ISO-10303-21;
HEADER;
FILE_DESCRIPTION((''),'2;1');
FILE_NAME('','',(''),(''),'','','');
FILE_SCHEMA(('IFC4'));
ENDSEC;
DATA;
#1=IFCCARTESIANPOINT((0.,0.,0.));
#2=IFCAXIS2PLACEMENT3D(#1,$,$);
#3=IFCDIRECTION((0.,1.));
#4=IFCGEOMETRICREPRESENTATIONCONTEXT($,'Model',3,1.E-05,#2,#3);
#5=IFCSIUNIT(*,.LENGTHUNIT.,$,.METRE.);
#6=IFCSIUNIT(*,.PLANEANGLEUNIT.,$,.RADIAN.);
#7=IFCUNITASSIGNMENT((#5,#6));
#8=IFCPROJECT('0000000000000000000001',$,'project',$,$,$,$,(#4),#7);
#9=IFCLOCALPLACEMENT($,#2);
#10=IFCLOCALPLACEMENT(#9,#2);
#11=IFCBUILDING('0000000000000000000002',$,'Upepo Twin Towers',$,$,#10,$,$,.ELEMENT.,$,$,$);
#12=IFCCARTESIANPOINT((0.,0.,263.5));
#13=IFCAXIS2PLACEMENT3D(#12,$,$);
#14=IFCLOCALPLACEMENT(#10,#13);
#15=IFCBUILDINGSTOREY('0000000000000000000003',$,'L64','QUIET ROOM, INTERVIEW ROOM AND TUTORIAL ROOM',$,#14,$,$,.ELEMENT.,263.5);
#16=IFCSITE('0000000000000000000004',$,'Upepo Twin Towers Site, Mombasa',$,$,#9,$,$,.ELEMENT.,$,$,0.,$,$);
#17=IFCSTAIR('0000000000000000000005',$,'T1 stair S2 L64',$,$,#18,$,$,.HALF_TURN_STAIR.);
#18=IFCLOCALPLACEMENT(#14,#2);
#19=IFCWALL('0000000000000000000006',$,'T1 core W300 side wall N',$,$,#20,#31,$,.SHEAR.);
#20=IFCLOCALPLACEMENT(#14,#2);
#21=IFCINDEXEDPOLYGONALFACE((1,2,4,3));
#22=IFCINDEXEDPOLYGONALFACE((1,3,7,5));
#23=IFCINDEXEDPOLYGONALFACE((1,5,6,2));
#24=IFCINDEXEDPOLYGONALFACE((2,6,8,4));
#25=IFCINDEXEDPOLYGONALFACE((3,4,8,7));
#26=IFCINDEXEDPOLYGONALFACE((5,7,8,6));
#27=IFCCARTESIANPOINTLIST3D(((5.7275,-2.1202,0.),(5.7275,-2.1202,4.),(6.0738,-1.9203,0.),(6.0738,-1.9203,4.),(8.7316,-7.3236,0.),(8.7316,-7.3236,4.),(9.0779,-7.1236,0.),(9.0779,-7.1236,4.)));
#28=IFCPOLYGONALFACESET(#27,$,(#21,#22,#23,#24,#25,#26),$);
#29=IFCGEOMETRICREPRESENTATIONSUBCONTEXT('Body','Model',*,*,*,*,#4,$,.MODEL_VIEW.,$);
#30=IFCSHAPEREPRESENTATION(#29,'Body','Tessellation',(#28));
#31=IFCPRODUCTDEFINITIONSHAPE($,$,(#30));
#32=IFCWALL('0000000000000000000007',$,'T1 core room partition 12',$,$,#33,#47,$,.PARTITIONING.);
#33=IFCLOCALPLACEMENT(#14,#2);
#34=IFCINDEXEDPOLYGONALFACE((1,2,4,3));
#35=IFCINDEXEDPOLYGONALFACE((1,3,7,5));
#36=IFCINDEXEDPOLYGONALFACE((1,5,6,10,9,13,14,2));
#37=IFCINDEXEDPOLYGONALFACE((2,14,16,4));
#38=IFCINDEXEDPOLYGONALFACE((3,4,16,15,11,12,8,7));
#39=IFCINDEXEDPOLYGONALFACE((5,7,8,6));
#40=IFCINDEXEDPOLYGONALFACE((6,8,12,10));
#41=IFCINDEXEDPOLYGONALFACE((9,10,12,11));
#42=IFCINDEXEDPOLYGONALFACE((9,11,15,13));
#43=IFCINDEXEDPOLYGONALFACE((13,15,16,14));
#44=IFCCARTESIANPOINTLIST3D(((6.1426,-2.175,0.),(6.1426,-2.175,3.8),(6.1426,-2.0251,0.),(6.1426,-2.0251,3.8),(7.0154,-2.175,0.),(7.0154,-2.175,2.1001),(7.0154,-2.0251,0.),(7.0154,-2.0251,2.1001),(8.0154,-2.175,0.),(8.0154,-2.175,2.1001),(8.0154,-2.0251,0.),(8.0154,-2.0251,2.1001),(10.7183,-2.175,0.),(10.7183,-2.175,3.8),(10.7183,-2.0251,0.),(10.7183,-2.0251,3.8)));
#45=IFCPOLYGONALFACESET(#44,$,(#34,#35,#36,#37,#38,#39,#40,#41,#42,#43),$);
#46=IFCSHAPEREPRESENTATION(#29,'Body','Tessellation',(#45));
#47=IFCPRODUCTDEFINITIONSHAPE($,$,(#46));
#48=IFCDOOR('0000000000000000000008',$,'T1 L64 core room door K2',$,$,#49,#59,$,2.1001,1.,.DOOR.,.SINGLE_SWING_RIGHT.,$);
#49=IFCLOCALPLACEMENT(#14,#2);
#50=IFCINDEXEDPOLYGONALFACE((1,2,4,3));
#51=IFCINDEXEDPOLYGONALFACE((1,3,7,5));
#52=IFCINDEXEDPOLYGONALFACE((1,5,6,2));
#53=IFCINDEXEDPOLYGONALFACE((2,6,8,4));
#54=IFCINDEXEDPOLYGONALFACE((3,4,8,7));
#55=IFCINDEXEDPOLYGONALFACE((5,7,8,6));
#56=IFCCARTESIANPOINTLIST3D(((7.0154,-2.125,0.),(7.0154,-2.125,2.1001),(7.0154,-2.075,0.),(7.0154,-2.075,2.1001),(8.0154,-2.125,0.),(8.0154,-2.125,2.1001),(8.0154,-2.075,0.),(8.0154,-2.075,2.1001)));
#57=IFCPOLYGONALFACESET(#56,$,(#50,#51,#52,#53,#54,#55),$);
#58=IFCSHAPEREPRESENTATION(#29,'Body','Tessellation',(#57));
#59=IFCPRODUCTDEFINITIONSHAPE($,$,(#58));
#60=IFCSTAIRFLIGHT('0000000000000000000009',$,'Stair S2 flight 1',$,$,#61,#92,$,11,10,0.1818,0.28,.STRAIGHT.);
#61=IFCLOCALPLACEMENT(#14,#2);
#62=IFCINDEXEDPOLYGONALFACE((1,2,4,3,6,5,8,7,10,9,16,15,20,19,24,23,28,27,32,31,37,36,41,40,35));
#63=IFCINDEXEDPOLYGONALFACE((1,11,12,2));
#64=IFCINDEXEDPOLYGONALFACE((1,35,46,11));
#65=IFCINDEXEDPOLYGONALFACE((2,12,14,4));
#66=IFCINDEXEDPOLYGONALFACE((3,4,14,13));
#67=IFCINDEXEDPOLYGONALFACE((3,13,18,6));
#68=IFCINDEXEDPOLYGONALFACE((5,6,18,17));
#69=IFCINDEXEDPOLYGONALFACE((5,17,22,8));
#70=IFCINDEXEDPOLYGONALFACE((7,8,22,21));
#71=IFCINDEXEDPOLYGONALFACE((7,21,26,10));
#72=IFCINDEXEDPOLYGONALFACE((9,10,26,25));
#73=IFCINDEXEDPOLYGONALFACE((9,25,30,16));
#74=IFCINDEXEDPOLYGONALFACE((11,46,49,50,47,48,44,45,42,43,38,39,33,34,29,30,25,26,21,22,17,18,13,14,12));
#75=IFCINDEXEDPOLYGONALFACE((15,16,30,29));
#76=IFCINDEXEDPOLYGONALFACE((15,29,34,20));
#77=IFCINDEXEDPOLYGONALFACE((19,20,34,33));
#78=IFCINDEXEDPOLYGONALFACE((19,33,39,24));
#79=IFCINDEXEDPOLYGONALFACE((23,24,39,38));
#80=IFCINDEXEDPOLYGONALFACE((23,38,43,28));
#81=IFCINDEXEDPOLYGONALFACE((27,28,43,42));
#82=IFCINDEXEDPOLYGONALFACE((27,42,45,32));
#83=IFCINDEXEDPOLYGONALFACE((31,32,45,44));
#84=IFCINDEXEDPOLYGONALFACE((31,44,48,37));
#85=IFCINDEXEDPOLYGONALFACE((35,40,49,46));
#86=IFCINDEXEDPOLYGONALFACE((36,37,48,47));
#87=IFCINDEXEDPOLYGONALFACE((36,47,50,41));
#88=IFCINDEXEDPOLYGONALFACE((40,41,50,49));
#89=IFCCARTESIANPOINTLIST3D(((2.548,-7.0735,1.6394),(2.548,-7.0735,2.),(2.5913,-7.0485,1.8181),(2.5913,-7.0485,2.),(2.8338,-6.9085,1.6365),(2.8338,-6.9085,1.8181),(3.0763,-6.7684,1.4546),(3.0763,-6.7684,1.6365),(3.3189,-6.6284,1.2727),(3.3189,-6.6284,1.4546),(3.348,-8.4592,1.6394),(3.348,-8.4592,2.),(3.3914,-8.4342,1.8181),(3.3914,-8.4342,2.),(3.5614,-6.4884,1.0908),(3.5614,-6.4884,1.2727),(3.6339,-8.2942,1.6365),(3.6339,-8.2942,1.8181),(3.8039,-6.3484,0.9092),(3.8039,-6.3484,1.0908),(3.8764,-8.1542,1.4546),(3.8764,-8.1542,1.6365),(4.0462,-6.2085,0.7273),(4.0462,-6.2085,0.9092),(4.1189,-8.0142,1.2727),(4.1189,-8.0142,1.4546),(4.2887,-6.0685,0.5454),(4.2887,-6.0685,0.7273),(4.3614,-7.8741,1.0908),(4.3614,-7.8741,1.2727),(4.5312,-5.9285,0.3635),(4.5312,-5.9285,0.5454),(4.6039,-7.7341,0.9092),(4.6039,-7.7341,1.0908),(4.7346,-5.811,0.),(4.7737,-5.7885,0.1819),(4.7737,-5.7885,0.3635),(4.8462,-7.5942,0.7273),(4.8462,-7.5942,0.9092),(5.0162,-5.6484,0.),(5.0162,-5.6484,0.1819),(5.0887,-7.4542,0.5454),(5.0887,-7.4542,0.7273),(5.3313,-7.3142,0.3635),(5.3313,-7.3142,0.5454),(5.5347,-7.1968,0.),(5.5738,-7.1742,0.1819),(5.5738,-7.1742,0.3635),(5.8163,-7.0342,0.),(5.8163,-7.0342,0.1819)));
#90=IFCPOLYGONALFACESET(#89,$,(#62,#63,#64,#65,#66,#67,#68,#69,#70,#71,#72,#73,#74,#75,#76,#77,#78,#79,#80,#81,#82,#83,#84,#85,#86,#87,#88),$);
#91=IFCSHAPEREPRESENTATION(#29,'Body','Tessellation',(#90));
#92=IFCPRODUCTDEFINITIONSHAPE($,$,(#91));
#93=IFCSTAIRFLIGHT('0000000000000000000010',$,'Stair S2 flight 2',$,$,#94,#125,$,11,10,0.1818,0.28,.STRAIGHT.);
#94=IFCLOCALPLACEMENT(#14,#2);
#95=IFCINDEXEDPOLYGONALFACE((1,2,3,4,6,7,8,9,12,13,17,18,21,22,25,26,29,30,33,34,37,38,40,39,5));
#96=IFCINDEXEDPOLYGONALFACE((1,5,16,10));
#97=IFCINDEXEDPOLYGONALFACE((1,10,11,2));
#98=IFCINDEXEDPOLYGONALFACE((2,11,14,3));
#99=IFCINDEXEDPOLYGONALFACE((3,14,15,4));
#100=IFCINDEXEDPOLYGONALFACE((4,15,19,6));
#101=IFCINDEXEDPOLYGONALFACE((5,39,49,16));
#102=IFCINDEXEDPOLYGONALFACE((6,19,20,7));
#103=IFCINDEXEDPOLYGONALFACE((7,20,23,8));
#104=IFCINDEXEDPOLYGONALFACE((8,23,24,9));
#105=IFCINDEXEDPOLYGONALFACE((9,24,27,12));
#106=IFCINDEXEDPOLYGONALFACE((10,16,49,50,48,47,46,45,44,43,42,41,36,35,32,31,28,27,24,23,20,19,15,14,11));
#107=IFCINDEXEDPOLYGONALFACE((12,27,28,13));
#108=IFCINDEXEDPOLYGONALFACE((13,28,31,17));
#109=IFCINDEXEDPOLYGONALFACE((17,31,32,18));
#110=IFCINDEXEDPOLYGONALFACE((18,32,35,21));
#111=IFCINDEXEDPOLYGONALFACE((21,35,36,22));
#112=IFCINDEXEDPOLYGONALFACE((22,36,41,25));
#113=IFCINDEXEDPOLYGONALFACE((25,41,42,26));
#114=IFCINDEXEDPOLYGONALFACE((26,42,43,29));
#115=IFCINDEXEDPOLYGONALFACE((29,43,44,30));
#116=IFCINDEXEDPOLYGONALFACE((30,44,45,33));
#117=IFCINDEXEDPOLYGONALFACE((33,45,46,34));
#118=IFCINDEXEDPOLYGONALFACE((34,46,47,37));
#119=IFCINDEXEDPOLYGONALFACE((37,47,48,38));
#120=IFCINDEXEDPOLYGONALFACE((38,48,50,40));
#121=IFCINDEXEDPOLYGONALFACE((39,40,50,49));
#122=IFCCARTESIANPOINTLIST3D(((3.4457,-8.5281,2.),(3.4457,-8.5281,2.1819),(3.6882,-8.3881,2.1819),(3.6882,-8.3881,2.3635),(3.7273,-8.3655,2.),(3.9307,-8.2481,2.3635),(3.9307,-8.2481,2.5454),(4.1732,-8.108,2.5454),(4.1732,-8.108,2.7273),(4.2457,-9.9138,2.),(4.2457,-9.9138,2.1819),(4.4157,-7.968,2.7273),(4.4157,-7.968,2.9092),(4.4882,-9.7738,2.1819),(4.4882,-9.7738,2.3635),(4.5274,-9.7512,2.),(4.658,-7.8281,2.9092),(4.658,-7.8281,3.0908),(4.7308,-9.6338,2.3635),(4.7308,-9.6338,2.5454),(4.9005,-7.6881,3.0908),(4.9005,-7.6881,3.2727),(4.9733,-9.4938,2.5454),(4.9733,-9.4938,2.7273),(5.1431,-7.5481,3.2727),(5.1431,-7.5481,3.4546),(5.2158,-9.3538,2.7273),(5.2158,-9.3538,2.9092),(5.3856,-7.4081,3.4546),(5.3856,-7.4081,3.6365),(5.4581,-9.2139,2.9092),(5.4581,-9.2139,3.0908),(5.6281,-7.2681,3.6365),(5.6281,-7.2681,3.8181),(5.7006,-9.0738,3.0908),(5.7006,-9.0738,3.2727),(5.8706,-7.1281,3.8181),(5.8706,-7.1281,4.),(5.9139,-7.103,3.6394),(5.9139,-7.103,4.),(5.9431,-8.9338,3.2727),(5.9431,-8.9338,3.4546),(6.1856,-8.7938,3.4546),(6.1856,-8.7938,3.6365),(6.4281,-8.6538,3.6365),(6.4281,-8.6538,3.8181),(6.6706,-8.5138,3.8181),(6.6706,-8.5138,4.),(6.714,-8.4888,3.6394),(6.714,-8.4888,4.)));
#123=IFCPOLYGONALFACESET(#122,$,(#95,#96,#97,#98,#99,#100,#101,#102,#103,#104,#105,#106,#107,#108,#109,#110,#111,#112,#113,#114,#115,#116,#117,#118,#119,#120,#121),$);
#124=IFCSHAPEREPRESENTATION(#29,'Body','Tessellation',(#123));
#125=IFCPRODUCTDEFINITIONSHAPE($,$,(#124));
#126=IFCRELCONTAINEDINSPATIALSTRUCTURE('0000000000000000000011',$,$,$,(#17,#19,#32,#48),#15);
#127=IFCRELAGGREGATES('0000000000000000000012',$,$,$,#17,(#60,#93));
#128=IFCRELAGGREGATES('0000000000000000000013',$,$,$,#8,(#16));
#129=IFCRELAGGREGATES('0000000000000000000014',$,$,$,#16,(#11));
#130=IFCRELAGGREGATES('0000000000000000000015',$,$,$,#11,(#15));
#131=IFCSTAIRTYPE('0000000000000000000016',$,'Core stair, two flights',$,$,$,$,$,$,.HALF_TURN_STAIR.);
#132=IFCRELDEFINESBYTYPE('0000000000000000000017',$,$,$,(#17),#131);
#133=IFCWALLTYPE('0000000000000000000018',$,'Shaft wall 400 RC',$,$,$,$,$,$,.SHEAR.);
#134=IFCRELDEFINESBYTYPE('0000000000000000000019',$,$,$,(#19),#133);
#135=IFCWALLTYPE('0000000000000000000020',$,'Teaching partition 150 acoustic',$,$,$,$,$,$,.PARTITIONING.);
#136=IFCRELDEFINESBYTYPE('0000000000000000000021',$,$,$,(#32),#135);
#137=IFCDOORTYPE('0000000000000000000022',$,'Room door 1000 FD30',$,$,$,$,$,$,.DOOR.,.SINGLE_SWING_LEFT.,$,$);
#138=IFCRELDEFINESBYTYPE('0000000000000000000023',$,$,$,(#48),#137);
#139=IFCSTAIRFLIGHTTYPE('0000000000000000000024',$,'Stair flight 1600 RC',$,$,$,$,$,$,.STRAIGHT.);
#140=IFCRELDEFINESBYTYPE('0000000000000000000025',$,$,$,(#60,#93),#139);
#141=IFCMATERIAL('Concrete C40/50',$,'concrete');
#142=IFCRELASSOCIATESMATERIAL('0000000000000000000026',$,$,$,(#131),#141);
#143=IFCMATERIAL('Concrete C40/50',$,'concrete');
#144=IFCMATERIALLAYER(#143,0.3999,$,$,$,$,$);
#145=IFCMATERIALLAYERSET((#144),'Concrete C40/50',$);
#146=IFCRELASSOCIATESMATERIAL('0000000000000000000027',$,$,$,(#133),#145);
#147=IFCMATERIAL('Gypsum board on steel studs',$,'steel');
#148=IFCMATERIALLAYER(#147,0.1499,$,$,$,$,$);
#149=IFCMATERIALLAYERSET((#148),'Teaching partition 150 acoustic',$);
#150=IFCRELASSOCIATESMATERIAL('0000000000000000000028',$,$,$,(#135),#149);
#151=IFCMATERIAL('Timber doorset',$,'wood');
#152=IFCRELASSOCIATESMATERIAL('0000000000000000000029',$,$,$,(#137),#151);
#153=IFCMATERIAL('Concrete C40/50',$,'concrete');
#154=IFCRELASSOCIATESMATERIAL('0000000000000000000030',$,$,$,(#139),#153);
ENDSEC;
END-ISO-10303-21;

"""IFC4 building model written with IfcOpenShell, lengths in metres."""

from ifc_helpers import new_model, si_unit, direction, frame, frame_2d, origin, place, context, subcontext, project, spatial, polyline, rectangle, outline, extrude, material, layer, layer_set, type_object, element, fill, aggregate, save


model = new_model("IFC4")

# Units and contexts
model_context = context("Model", 3, precision=1e-05, world=origin(), true_north=direction((0.0, 1.0)))
body_context = subcontext(model_context, "Body", "Model", "MODEL_VIEW")
ifc_project = project(units=[si_unit("LENGTHUNIT", "METRE"), si_unit("PLANEANGLEUNIT", "RADIAN")], contexts=[model_context])

# Site, building, storey
site_placement = place(None, origin())
site = spatial("IfcSite", under=ifc_project, at=site_placement, Name="Upepo Twin Towers Site, Mombasa", CompositionType="ELEMENT", RefElevation=0.0)
building_placement = place(site_placement, origin())
building = spatial("IfcBuilding", under=site, at=building_placement, Name="Upepo Twin Towers", CompositionType="ELEMENT")
storey_placement = place(building_placement, frame((0.0, 0.0, 263.5)))
storey = spatial("IfcBuildingStorey", under=building, at=storey_placement, Name="L64", Description="QUIET ROOM, INTERVIEW ROOM AND TUTORIAL ROOM", CompositionType="ELEMENT", Elevation=263.5)

# Stair
ifc_material_1 = material(Name="Concrete C40/50", Category="concrete")
stair_type = type_object("IfcStairType", Name="Core stair, two flights", PredefinedType="HALF_TURN_STAIR", material=ifc_material_1)
stair_1_placement = place(storey_placement, origin())
stair_1 = element("IfcStair", 1, at=stair_1_placement, inside=storey, type_object=stair_type, Name="T1 stair S2 L64", PredefinedType="HALF_TURN_STAIR")

# Wall
ifc_material_2 = material(Name="Concrete C40/50", Category="concrete")
ifc_layer_1 = layer(ifc_material_2, 0.3999)
ifc_layer_set_1 = layer_set([ifc_layer_1], Name="Concrete C40/50")
wall_type_1 = type_object("IfcWallType", Name="Shaft wall 400 RC", PredefinedType="SHEAR", material=ifc_layer_set_1)
wall_1_placement = place(storey_placement, frame((5.9006, -2.0203, 0.0), z_axis=(0.0, 0.0, 1.0), x_axis=(0.499998, -0.866027, 0.0)))
element("IfcWall", 2, at=wall_1_placement, inside=storey, type_object=wall_type_1, Name="T1 core W300 side wall N", PredefinedType="SHEAR", context=body_context, shape_type="SweptSolid", body=[
    extrude(rectangle(XDim=6.0083, YDim=0.3999, at=frame_2d((3.0042, 0.0))), origin(), (0.0, 0.0, 1.0), 4.0),
])

# Wall, opening, door
ifc_material_3 = material(Name="Gypsum board on steel studs", Category="steel")
ifc_layer_2 = layer(ifc_material_3, 0.1499)
ifc_layer_set_2 = layer_set([ifc_layer_2], Name="Teaching partition 150 acoustic")
wall_type_2 = type_object("IfcWallType", Name="Teaching partition 150 acoustic", PredefinedType="PARTITIONING", material=ifc_layer_set_2)
wall_2_placement = place(storey_placement, frame((10.7183, -2.1001, 0.0), z_axis=(0.0, 0.0, 1.0), x_axis=(-1.0, 0.0, 0.0)))
wall_2 = element("IfcWall", 3, at=wall_2_placement, inside=storey, type_object=wall_type_2, Name="T1 core room partition 12", PredefinedType="PARTITIONING", context=body_context, shape_type="SweptSolid", body=[
    extrude(rectangle(XDim=4.5757, YDim=0.1499, at=frame_2d((2.2878, 0.0))), origin(), (0.0, 0.0, 1.0), 3.8),
])
opening_1_placement = place(wall_2_placement, frame((2.7029, 0.0, 0.0)))
opening_1 = element("IfcOpeningElement", 4, at=opening_1_placement, cuts=wall_2, PredefinedType="OPENING", context=body_context, shape_type="SweptSolid", body=[
    extrude(rectangle(XDim=1.0, YDim=2.1001, at=frame_2d((0.5, 1.05))), frame((0.0, 0.085, 0.0), z_axis=(0.0, -1.0, 0.0), x_axis=(1.0, 0.0, 0.0)), (0.0, 0.0, 1.0), 0.1699),
])
ifc_material_4 = material(Name="Timber doorset", Category="wood")
door_type_1 = type_object("IfcDoorType", Name="Room door 1000 FD30", OperationType="SINGLE_SWING_LEFT", PredefinedType="DOOR", material=ifc_material_4)
door_1_placement = place(opening_1_placement, origin())
door_1 = element("IfcDoor", 5, at=door_1_placement, inside=storey, type_object=door_type_1, Name="T1 L64 core room door K2", OperationType="SINGLE_SWING_RIGHT", OverallHeight=2.1001, OverallWidth=1.0, PredefinedType="DOOR", context=body_context, shape_type="SweptSolid", body=[
    extrude(rectangle(XDim=1.0, YDim=2.1001, at=frame_2d((0.5, 1.05))), frame((0.0, 0.0249, 0.0), z_axis=(0.0, -1.0, 0.0), x_axis=(1.0, 0.0, 0.0)), (0.0, 0.0, 1.0), 0.05),
])
fill(opening_1, door_1)

# Stair flights
ifc_material_5 = material(Name="Concrete C40/50", Category="concrete")
stair_flight_type = type_object("IfcStairFlightType", Name="Stair flight 1600 RC", PredefinedType="STRAIGHT", material=ifc_material_5)
stair_flight_1_placement = place(storey_placement, frame((5.4163, -6.3413, 0.0), z_axis=(0.0, 0.0, 1.0), x_axis=(-0.866025, -0.5, 0.0)))
stair_flight_1 = element("IfcStairFlight", 6, at=stair_flight_1_placement, type_object=stair_flight_type, Name="Stair S2 flight 1", NumberOfRisers=11, NumberOfTreads=10, PredefinedType="STRAIGHT", RiserHeight=0.1818, TreadLength=0.28, context=body_context, shape_type="SweptSolid", body=[
    extrude(outline(polyline([(0.0, 0.0), (0.0, 0.1819), (0.28, 0.1819), (0.28, 0.3635), (0.5601, 0.3635), (0.5601, 0.5454), (0.8401, 0.5454), (0.8401, 0.7273), (1.1201, 0.7273), (1.1201, 0.9092), (1.3999, 0.9092), (1.3999, 1.0908), (1.6799, 1.0908), (1.6799, 1.2727), (1.96, 1.2727), (1.96, 1.4546), (2.24, 1.4546), (2.24, 1.6365), (2.52, 1.6365), (2.52, 1.8181), (2.8, 1.8181), (2.8, 2.0), (2.8501, 2.0), (2.8501, 1.6394), (0.3252, 0.0), (0.0, 0.0)])), frame((0.0, 0.8, 0.0), z_axis=(0.0, -1.0, 0.0), x_axis=(1.0, 0.0, 0.0)), (0.0, 0.0, 1.0), 1.6001),
])
stair_flight_2_placement = place(storey_placement, frame((3.8457, -9.2209, 2.0), z_axis=(0.0, 0.0, 1.0), x_axis=(0.866025, 0.5, 0.0)))
stair_flight_2 = element("IfcStairFlight", 7, at=stair_flight_2_placement, type_object=stair_flight_type, Name="Stair S2 flight 2", NumberOfRisers=11, NumberOfTreads=10, PredefinedType="STRAIGHT", RiserHeight=0.1818, TreadLength=0.28, context=body_context, shape_type="SweptSolid", body=[
    extrude(outline(polyline([(0.0, 0.0), (0.0, 0.1819), (0.28, 0.1819), (0.28, 0.3635), (0.5601, 0.3635), (0.5601, 0.5454), (0.8401, 0.5454), (0.8401, 0.7273), (1.1201, 0.7273), (1.1201, 0.9092), (1.3999, 0.9092), (1.3999, 1.0908), (1.6799, 1.0908), (1.6799, 1.2727), (1.96, 1.2727), (1.96, 1.4546), (2.24, 1.4546), (2.24, 1.6365), (2.52, 1.6365), (2.52, 1.8181), (2.8, 1.8181), (2.8, 2.0), (2.8501, 2.0), (2.8501, 1.6394), (0.3252, 0.0), (0.0, 0.0)])), frame((0.0, 0.8, 0.0), z_axis=(0.0, -1.0, 0.0), x_axis=(1.0, 0.0, 0.0)), (0.0, 0.0, 1.0), 1.6001),
])
aggregate(stair_1, [stair_flight_1, stair_flight_2])

save(model, "model.ifc")
